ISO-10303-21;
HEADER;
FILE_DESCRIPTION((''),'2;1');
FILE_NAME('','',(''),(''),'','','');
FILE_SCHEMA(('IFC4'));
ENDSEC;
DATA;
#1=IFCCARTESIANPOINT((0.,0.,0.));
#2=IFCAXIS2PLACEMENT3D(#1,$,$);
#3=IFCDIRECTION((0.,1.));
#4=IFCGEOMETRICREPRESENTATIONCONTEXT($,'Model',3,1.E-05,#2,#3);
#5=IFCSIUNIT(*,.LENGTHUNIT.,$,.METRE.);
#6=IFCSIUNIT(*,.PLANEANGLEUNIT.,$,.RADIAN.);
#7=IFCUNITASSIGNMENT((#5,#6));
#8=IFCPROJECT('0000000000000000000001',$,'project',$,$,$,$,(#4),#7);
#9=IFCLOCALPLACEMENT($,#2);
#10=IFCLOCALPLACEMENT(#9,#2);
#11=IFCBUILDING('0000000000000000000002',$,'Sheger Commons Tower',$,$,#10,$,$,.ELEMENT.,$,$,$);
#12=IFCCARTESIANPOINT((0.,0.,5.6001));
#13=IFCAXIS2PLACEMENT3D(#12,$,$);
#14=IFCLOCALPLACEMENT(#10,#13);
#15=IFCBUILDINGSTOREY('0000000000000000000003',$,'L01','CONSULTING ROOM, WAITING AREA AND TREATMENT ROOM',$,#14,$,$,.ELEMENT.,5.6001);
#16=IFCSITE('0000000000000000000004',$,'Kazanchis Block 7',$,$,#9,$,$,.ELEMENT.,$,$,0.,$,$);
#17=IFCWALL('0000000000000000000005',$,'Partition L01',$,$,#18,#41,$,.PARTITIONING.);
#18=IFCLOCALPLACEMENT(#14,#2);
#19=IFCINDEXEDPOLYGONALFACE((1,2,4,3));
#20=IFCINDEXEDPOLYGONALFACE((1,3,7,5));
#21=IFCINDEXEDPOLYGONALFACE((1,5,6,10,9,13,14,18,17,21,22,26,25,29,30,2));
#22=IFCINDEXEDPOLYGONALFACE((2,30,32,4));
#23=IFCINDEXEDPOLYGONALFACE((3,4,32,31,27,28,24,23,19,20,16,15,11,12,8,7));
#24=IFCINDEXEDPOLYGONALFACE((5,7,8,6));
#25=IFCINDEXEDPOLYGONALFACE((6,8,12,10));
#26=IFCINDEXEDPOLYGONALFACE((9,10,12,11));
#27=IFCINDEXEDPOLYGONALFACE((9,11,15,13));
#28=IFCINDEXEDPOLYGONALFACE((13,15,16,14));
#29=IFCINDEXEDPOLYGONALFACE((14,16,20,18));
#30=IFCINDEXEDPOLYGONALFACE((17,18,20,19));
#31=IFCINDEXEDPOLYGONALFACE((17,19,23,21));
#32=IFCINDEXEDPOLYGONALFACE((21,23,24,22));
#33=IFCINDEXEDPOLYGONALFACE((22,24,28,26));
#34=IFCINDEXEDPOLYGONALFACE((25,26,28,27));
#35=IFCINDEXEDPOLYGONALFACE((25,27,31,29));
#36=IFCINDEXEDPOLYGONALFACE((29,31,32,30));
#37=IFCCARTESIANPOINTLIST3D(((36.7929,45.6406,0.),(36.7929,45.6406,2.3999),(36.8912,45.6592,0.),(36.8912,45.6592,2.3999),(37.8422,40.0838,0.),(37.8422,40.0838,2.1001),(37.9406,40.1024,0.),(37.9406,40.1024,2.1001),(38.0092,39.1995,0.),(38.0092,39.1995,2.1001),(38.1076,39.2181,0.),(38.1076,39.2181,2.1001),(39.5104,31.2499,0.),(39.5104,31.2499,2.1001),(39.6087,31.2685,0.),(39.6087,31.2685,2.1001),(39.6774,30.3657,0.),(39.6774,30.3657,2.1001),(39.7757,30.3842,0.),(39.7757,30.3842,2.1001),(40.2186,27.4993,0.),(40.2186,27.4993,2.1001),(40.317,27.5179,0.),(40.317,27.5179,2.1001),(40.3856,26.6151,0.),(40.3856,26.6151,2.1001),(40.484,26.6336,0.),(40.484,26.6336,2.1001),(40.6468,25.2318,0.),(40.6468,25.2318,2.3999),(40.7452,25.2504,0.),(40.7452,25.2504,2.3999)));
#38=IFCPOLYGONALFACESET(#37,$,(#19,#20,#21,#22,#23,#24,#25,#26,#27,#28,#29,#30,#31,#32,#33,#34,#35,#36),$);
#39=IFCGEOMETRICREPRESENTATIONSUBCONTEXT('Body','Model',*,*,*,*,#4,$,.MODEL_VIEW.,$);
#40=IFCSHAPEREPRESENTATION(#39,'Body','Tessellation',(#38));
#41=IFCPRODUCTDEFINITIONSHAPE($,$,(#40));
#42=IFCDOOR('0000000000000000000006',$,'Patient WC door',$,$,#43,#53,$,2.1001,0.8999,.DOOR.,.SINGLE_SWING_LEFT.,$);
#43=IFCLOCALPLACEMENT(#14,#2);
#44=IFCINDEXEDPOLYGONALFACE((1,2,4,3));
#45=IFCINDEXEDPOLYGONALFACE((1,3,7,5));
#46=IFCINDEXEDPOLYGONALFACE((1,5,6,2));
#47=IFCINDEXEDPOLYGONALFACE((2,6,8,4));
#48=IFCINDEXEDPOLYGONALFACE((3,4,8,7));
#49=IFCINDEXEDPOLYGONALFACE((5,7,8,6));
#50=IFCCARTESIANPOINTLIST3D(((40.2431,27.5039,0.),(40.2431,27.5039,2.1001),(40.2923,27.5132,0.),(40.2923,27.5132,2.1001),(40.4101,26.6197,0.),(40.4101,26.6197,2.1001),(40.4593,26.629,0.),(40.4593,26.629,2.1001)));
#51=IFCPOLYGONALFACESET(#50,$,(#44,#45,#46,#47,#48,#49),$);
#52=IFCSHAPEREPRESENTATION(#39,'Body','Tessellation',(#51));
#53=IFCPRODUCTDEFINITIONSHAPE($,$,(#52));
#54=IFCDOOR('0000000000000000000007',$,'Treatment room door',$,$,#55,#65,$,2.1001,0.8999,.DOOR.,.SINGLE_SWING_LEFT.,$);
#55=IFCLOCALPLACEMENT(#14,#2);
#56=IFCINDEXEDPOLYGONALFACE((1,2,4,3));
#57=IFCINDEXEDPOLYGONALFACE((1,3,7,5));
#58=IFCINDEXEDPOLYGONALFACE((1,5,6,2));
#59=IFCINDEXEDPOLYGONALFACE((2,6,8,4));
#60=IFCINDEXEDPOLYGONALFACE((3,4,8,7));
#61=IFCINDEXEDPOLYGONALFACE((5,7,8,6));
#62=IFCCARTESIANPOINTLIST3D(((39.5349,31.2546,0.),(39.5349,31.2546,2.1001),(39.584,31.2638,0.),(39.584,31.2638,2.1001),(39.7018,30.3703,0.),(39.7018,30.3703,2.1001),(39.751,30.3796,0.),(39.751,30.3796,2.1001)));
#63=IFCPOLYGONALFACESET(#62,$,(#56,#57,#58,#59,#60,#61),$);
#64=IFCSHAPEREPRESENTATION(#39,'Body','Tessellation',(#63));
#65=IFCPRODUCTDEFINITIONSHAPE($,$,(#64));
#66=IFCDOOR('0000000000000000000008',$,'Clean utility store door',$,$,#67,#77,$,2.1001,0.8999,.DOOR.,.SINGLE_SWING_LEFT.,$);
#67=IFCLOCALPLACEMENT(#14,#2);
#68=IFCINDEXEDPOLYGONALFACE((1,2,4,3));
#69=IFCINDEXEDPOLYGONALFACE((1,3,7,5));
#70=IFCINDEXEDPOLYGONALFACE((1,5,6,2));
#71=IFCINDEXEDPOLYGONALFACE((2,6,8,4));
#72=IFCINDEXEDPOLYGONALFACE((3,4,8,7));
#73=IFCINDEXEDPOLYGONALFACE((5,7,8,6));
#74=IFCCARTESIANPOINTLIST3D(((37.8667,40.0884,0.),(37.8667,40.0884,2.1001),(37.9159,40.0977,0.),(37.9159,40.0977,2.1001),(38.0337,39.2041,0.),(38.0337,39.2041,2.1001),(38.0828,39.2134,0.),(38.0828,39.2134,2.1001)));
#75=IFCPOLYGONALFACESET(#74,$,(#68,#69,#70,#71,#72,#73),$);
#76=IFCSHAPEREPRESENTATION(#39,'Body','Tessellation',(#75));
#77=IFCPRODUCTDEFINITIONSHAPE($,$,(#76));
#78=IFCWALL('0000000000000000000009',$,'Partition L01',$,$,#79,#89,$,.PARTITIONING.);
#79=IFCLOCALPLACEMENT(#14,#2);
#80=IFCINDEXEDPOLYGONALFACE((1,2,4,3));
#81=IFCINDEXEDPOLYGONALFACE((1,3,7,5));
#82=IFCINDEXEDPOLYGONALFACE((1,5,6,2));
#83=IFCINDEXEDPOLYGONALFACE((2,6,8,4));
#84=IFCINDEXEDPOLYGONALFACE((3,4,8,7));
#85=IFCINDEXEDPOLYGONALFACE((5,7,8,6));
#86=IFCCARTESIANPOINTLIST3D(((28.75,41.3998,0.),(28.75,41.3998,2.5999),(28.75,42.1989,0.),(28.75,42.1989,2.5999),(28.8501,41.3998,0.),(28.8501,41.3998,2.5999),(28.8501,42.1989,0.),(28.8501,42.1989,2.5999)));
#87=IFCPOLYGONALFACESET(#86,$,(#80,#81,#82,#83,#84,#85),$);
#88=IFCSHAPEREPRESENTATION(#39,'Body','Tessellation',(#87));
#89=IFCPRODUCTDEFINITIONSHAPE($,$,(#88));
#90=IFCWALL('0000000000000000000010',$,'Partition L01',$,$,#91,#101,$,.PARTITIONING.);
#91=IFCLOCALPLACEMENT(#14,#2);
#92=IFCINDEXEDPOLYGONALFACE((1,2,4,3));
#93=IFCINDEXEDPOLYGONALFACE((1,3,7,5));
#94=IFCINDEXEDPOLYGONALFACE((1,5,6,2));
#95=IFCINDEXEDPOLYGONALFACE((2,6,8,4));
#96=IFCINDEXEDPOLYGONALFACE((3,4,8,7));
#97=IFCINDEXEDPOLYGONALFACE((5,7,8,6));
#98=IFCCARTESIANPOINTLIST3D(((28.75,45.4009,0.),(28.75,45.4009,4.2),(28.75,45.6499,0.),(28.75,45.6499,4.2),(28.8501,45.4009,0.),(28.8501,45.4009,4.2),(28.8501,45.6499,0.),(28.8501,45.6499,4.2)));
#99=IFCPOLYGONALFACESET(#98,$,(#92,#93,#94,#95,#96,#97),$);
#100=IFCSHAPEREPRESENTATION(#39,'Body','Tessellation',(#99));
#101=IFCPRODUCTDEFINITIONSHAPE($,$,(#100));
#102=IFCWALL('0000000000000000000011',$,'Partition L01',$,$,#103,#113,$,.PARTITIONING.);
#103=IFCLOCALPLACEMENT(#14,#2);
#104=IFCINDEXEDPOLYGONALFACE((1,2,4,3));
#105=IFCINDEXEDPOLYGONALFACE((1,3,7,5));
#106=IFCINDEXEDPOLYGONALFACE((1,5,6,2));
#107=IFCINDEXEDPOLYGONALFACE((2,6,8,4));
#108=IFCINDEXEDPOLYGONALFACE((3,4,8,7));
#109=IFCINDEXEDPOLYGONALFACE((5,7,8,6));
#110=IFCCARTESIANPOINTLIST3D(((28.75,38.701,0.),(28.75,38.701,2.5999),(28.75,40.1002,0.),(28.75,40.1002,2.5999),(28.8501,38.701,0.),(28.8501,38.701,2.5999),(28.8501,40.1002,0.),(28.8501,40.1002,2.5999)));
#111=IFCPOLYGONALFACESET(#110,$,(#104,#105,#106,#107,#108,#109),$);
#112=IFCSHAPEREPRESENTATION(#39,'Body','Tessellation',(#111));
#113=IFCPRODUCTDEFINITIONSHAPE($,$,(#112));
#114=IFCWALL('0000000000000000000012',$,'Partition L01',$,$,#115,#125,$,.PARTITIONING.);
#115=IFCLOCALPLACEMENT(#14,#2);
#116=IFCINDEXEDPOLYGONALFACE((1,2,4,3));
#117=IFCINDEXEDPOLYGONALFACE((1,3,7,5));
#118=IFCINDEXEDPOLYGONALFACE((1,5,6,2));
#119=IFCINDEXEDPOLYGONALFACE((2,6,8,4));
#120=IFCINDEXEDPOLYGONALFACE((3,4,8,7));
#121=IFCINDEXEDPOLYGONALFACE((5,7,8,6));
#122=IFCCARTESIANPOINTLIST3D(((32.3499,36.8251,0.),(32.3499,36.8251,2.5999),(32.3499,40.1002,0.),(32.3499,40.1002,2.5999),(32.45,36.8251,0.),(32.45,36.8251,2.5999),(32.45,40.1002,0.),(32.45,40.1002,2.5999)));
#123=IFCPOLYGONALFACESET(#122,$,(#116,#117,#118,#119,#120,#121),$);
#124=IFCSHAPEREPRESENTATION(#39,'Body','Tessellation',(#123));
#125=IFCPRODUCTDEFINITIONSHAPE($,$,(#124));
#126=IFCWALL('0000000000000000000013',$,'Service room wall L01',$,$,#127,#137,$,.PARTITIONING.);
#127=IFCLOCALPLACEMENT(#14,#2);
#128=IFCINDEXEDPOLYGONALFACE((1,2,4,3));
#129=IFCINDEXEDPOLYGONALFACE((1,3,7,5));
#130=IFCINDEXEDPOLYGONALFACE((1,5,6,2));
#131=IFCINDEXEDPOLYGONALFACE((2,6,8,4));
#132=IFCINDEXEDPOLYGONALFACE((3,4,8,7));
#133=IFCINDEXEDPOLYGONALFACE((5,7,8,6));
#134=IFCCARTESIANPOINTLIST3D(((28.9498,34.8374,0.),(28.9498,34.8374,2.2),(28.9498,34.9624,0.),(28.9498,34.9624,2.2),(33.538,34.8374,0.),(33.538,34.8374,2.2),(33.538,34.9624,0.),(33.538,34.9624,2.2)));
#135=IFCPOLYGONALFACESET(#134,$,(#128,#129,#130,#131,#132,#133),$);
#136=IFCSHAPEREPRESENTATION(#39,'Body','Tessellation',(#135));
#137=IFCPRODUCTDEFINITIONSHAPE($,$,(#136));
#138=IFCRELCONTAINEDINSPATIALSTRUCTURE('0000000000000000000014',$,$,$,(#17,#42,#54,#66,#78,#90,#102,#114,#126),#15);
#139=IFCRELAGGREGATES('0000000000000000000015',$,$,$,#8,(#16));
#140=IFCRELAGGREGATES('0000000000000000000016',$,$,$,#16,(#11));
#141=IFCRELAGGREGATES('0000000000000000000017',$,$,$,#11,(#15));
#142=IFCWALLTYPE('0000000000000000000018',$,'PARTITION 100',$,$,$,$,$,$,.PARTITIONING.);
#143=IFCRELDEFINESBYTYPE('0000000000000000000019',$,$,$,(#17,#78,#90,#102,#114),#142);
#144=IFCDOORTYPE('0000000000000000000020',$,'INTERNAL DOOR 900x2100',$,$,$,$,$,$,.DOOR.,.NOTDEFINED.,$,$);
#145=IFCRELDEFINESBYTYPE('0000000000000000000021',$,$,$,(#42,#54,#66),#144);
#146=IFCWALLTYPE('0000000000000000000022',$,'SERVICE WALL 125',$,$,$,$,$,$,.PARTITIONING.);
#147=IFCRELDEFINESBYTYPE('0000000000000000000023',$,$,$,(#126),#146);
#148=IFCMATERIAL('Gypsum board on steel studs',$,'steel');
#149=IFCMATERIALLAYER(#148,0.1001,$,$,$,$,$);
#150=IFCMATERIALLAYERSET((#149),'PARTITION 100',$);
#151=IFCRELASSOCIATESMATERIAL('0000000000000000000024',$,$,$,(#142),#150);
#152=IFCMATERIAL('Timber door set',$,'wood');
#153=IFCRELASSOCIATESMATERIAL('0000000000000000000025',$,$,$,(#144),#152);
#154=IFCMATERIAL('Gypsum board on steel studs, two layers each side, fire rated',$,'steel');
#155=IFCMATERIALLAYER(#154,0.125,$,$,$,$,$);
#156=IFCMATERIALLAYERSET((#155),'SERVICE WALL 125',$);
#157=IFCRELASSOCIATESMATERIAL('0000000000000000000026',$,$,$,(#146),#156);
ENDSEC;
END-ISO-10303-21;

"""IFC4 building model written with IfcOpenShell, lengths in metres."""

from ifc_helpers import new_model, si_unit, direction, frame, frame_2d, origin, place, context, subcontext, project, spatial, rectangle, extrude, material, layer, layer_set, type_object, element, fill, save


model = new_model("IFC4")

# Units and contexts
model_context = context("Model", 3, precision=1e-05, world=origin(), true_north=direction((0.0, 1.0)))
body_context = subcontext(model_context, "Body", "Model", "MODEL_VIEW")
ifc_project = project(units=[si_unit("LENGTHUNIT", "METRE"), si_unit("PLANEANGLEUNIT", "RADIAN")], contexts=[model_context])

# Site, building, storey
site_placement = place(None, origin())
site = spatial("IfcSite", under=ifc_project, at=site_placement, Name="Kazanchis Block 7", CompositionType="ELEMENT", RefElevation=0.0)
building_placement = place(site_placement, origin())
building = spatial("IfcBuilding", under=site, at=building_placement, Name="Sheger Commons Tower", CompositionType="ELEMENT")
storey_placement = place(building_placement, frame((0.0, 0.0, 5.6001)))
storey = spatial("IfcBuildingStorey", under=building, at=storey_placement, Name="L01", Description="CONSULTING ROOM, WAITING AREA AND TREATMENT ROOM", CompositionType="ELEMENT", Elevation=5.6001)

# Wall, openings, doors
ifc_material_1 = material(Name="Gypsum board on steel studs", Category="steel")
ifc_layer_1 = layer(ifc_material_1, 0.1001)
ifc_layer_set_1 = layer_set([ifc_layer_1], Name="PARTITION 100")
wall_type_1 = type_object("IfcWallType", Name="PARTITION 100", PredefinedType="PARTITIONING", material=ifc_layer_set_1)
wall_1_placement = place(storey_placement, frame((36.842, 45.6499, 0.0), z_axis=(0.0, 0.0, 1.0), x_axis=(0.185559, -0.982633, 0.0)))
wall_1 = element("IfcWall", 1, at=wall_1_placement, inside=storey, type_object=wall_type_1, Name="Partition L01", PredefinedType="PARTITIONING", context=body_context, shape_type="SweptSolid", body=[
    extrude(rectangle(XDim=20.7695, YDim=0.1001, at=frame_2d((10.3848, 0.0))), origin(), (0.0, 0.0, 1.0), 2.3999),
])
opening_1_placement = place(wall_1_placement, frame((18.4619, 0.0, 0.0)))
opening_1 = element("IfcOpeningElement", 2, at=opening_1_placement, cuts=wall_1, PredefinedType="OPENING", context=body_context, shape_type="SweptSolid", body=[
    extrude(rectangle(XDim=0.8999, YDim=2.1001, at=frame_2d((0.45, 1.05))), frame((0.0, 0.0601, 0.0), z_axis=(0.0, -1.0, 0.0), x_axis=(1.0, 0.0, 0.0)), (0.0, 0.0, 1.0), 0.1201),
])
opening_2_placement = place(wall_1_placement, frame((14.645, 0.0, 0.0)))
opening_2 = element("IfcOpeningElement", 3, at=opening_2_placement, cuts=wall_1, PredefinedType="OPENING", context=body_context, shape_type="SweptSolid", body=[
    extrude(rectangle(XDim=0.8999, YDim=2.1001, at=frame_2d((0.45, 1.05))), frame((0.0, 0.0601, 0.0), z_axis=(0.0, -1.0, 0.0), x_axis=(1.0, 0.0, 0.0)), (0.0, 0.0, 1.0), 0.1201),
])
opening_3_placement = place(wall_1_placement, frame((5.655, 0.0, 0.0)))
opening_3 = element("IfcOpeningElement", 4, at=opening_3_placement, cuts=wall_1, PredefinedType="OPENING", context=body_context, shape_type="SweptSolid", body=[
    extrude(rectangle(XDim=0.8999, YDim=2.1001, at=frame_2d((0.45, 1.05))), frame((0.0, 0.0601, 0.0), z_axis=(0.0, -1.0, 0.0), x_axis=(1.0, 0.0, 0.0)), (0.0, 0.0, 1.0), 0.1201),
])
ifc_material_2 = material(Name="Timber door set", Category="wood")
door_type_1 = type_object("IfcDoorType", Name="INTERNAL DOOR 900x2100", OperationType="NOTDEFINED", PredefinedType="DOOR", material=ifc_material_2)
door_1_placement = place(opening_1_placement, origin())
door_1 = element("IfcDoor", 5, at=door_1_placement, inside=storey, type_object=door_type_1, Name="Patient WC door", OperationType="SINGLE_SWING_LEFT", OverallHeight=2.1001, OverallWidth=0.8999, PredefinedType="DOOR", context=body_context, shape_type="SweptSolid", body=[
    extrude(rectangle(XDim=0.8999, YDim=2.1001, at=frame_2d((0.45, 1.05))), frame((0.0, 0.0249, 0.0), z_axis=(0.0, -1.0, 0.0), x_axis=(1.0, 0.0, 0.0)), (0.0, 0.0, 1.0), 0.05),
])
fill(opening_1, door_1)
door_2_placement = place(opening_2_placement, origin())
door_2 = element("IfcDoor", 6, at=door_2_placement, inside=storey, type_object=door_type_1, Name="Treatment room door", OperationType="SINGLE_SWING_LEFT", OverallHeight=2.1001, OverallWidth=0.8999, PredefinedType="DOOR", context=body_context, shape_type="SweptSolid", body=[
    extrude(rectangle(XDim=0.8999, YDim=2.1001, at=frame_2d((0.45, 1.05))), frame((0.0, 0.0249, 0.0), z_axis=(0.0, -1.0, 0.0), x_axis=(1.0, 0.0, 0.0)), (0.0, 0.0, 1.0), 0.05),
])
fill(opening_2, door_2)
door_3_placement = place(opening_3_placement, origin())
door_3 = element("IfcDoor", 7, at=door_3_placement, inside=storey, type_object=door_type_1, Name="Clean utility store door", OperationType="SINGLE_SWING_LEFT", OverallHeight=2.1001, OverallWidth=0.8999, PredefinedType="DOOR", context=body_context, shape_type="SweptSolid", body=[
    extrude(rectangle(XDim=0.8999, YDim=2.1001, at=frame_2d((0.45, 1.05))), frame((0.0, 0.0249, 0.0), z_axis=(0.0, -1.0, 0.0), x_axis=(1.0, 0.0, 0.0)), (0.0, 0.0, 1.0), 0.05),
])
fill(opening_3, door_3)

# Walls
wall_2_placement = place(storey_placement, frame((28.8, 41.3999, 0.0), z_axis=(0.0, 0.0, 1.0), x_axis=(0.0, 1.0, 0.0)))
element("IfcWall", 8, at=wall_2_placement, inside=storey, type_object=wall_type_1, Name="Partition L01", PredefinedType="PARTITIONING", context=body_context, shape_type="SweptSolid", body=[
    extrude(rectangle(XDim=0.7991, YDim=0.1001, at=frame_2d((0.3994, 0.0))), origin(), (0.0, 0.0, 1.0), 2.5999),
])
wall_3_placement = place(storey_placement, frame((28.8, 45.4009, 0.0), z_axis=(0.0, 0.0, 1.0), x_axis=(0.0, 1.0, 0.0)))
element("IfcWall", 9, at=wall_3_placement, inside=storey, type_object=wall_type_1, Name="Partition L01", PredefinedType="PARTITIONING", context=body_context, shape_type="SweptSolid", body=[
    extrude(rectangle(XDim=0.249, YDim=0.1001, at=frame_2d((0.1245, 0.0))), origin(), (0.0, 0.0, 1.0), 4.2),
])
wall_4_placement = place(storey_placement, frame((28.8, 38.7009, 0.0), z_axis=(0.0, 0.0, 1.0), x_axis=(0.0, 1.0, 0.0)))
element("IfcWall", 10, at=wall_4_placement, inside=storey, type_object=wall_type_1, Name="Partition L01", PredefinedType="PARTITIONING", context=body_context, shape_type="SweptSolid", body=[
    extrude(rectangle(XDim=1.3992, YDim=0.1001, at=frame_2d((0.6997, 0.0))), origin(), (0.0, 0.0, 1.0), 2.5999),
])
wall_5_placement = place(storey_placement, frame((32.3999, 36.825, 0.0), z_axis=(0.0, 0.0, 1.0), x_axis=(0.0, 1.0, 0.0)))
element("IfcWall", 11, at=wall_5_placement, inside=storey, type_object=wall_type_1, Name="Partition L01", PredefinedType="PARTITIONING", context=body_context, shape_type="SweptSolid", body=[
    extrude(rectangle(XDim=3.2751, YDim=0.1001, at=frame_2d((1.6377, 0.0))), origin(), (0.0, 0.0, 1.0), 2.5999),
])
ifc_material_3 = material(Name="Gypsum board on steel studs, two layers each side, fire rated", Category="steel")
ifc_layer_2 = layer(ifc_material_3, 0.125)
ifc_layer_set_2 = layer_set([ifc_layer_2], Name="SERVICE WALL 125")
wall_type_2 = type_object("IfcWallType", Name="SERVICE WALL 125", PredefinedType="PARTITIONING", material=ifc_layer_set_2)
wall_6_placement = place(storey_placement, frame((28.95, 34.8999, 0.0), z_axis=(0.0, 0.0, 1.0), x_axis=(1.0, 0.0, 0.0)))
element("IfcWall", 12, at=wall_6_placement, inside=storey, type_object=wall_type_2, Name="Service room wall L01", PredefinedType="PARTITIONING", context=body_context, shape_type="SweptSolid", body=[
    extrude(rectangle(XDim=4.5881, YDim=0.125, at=frame_2d((2.2939, 0.0))), origin(), (0.0, 0.0, 1.0), 2.2),
])

save(model, "model.ifc")
